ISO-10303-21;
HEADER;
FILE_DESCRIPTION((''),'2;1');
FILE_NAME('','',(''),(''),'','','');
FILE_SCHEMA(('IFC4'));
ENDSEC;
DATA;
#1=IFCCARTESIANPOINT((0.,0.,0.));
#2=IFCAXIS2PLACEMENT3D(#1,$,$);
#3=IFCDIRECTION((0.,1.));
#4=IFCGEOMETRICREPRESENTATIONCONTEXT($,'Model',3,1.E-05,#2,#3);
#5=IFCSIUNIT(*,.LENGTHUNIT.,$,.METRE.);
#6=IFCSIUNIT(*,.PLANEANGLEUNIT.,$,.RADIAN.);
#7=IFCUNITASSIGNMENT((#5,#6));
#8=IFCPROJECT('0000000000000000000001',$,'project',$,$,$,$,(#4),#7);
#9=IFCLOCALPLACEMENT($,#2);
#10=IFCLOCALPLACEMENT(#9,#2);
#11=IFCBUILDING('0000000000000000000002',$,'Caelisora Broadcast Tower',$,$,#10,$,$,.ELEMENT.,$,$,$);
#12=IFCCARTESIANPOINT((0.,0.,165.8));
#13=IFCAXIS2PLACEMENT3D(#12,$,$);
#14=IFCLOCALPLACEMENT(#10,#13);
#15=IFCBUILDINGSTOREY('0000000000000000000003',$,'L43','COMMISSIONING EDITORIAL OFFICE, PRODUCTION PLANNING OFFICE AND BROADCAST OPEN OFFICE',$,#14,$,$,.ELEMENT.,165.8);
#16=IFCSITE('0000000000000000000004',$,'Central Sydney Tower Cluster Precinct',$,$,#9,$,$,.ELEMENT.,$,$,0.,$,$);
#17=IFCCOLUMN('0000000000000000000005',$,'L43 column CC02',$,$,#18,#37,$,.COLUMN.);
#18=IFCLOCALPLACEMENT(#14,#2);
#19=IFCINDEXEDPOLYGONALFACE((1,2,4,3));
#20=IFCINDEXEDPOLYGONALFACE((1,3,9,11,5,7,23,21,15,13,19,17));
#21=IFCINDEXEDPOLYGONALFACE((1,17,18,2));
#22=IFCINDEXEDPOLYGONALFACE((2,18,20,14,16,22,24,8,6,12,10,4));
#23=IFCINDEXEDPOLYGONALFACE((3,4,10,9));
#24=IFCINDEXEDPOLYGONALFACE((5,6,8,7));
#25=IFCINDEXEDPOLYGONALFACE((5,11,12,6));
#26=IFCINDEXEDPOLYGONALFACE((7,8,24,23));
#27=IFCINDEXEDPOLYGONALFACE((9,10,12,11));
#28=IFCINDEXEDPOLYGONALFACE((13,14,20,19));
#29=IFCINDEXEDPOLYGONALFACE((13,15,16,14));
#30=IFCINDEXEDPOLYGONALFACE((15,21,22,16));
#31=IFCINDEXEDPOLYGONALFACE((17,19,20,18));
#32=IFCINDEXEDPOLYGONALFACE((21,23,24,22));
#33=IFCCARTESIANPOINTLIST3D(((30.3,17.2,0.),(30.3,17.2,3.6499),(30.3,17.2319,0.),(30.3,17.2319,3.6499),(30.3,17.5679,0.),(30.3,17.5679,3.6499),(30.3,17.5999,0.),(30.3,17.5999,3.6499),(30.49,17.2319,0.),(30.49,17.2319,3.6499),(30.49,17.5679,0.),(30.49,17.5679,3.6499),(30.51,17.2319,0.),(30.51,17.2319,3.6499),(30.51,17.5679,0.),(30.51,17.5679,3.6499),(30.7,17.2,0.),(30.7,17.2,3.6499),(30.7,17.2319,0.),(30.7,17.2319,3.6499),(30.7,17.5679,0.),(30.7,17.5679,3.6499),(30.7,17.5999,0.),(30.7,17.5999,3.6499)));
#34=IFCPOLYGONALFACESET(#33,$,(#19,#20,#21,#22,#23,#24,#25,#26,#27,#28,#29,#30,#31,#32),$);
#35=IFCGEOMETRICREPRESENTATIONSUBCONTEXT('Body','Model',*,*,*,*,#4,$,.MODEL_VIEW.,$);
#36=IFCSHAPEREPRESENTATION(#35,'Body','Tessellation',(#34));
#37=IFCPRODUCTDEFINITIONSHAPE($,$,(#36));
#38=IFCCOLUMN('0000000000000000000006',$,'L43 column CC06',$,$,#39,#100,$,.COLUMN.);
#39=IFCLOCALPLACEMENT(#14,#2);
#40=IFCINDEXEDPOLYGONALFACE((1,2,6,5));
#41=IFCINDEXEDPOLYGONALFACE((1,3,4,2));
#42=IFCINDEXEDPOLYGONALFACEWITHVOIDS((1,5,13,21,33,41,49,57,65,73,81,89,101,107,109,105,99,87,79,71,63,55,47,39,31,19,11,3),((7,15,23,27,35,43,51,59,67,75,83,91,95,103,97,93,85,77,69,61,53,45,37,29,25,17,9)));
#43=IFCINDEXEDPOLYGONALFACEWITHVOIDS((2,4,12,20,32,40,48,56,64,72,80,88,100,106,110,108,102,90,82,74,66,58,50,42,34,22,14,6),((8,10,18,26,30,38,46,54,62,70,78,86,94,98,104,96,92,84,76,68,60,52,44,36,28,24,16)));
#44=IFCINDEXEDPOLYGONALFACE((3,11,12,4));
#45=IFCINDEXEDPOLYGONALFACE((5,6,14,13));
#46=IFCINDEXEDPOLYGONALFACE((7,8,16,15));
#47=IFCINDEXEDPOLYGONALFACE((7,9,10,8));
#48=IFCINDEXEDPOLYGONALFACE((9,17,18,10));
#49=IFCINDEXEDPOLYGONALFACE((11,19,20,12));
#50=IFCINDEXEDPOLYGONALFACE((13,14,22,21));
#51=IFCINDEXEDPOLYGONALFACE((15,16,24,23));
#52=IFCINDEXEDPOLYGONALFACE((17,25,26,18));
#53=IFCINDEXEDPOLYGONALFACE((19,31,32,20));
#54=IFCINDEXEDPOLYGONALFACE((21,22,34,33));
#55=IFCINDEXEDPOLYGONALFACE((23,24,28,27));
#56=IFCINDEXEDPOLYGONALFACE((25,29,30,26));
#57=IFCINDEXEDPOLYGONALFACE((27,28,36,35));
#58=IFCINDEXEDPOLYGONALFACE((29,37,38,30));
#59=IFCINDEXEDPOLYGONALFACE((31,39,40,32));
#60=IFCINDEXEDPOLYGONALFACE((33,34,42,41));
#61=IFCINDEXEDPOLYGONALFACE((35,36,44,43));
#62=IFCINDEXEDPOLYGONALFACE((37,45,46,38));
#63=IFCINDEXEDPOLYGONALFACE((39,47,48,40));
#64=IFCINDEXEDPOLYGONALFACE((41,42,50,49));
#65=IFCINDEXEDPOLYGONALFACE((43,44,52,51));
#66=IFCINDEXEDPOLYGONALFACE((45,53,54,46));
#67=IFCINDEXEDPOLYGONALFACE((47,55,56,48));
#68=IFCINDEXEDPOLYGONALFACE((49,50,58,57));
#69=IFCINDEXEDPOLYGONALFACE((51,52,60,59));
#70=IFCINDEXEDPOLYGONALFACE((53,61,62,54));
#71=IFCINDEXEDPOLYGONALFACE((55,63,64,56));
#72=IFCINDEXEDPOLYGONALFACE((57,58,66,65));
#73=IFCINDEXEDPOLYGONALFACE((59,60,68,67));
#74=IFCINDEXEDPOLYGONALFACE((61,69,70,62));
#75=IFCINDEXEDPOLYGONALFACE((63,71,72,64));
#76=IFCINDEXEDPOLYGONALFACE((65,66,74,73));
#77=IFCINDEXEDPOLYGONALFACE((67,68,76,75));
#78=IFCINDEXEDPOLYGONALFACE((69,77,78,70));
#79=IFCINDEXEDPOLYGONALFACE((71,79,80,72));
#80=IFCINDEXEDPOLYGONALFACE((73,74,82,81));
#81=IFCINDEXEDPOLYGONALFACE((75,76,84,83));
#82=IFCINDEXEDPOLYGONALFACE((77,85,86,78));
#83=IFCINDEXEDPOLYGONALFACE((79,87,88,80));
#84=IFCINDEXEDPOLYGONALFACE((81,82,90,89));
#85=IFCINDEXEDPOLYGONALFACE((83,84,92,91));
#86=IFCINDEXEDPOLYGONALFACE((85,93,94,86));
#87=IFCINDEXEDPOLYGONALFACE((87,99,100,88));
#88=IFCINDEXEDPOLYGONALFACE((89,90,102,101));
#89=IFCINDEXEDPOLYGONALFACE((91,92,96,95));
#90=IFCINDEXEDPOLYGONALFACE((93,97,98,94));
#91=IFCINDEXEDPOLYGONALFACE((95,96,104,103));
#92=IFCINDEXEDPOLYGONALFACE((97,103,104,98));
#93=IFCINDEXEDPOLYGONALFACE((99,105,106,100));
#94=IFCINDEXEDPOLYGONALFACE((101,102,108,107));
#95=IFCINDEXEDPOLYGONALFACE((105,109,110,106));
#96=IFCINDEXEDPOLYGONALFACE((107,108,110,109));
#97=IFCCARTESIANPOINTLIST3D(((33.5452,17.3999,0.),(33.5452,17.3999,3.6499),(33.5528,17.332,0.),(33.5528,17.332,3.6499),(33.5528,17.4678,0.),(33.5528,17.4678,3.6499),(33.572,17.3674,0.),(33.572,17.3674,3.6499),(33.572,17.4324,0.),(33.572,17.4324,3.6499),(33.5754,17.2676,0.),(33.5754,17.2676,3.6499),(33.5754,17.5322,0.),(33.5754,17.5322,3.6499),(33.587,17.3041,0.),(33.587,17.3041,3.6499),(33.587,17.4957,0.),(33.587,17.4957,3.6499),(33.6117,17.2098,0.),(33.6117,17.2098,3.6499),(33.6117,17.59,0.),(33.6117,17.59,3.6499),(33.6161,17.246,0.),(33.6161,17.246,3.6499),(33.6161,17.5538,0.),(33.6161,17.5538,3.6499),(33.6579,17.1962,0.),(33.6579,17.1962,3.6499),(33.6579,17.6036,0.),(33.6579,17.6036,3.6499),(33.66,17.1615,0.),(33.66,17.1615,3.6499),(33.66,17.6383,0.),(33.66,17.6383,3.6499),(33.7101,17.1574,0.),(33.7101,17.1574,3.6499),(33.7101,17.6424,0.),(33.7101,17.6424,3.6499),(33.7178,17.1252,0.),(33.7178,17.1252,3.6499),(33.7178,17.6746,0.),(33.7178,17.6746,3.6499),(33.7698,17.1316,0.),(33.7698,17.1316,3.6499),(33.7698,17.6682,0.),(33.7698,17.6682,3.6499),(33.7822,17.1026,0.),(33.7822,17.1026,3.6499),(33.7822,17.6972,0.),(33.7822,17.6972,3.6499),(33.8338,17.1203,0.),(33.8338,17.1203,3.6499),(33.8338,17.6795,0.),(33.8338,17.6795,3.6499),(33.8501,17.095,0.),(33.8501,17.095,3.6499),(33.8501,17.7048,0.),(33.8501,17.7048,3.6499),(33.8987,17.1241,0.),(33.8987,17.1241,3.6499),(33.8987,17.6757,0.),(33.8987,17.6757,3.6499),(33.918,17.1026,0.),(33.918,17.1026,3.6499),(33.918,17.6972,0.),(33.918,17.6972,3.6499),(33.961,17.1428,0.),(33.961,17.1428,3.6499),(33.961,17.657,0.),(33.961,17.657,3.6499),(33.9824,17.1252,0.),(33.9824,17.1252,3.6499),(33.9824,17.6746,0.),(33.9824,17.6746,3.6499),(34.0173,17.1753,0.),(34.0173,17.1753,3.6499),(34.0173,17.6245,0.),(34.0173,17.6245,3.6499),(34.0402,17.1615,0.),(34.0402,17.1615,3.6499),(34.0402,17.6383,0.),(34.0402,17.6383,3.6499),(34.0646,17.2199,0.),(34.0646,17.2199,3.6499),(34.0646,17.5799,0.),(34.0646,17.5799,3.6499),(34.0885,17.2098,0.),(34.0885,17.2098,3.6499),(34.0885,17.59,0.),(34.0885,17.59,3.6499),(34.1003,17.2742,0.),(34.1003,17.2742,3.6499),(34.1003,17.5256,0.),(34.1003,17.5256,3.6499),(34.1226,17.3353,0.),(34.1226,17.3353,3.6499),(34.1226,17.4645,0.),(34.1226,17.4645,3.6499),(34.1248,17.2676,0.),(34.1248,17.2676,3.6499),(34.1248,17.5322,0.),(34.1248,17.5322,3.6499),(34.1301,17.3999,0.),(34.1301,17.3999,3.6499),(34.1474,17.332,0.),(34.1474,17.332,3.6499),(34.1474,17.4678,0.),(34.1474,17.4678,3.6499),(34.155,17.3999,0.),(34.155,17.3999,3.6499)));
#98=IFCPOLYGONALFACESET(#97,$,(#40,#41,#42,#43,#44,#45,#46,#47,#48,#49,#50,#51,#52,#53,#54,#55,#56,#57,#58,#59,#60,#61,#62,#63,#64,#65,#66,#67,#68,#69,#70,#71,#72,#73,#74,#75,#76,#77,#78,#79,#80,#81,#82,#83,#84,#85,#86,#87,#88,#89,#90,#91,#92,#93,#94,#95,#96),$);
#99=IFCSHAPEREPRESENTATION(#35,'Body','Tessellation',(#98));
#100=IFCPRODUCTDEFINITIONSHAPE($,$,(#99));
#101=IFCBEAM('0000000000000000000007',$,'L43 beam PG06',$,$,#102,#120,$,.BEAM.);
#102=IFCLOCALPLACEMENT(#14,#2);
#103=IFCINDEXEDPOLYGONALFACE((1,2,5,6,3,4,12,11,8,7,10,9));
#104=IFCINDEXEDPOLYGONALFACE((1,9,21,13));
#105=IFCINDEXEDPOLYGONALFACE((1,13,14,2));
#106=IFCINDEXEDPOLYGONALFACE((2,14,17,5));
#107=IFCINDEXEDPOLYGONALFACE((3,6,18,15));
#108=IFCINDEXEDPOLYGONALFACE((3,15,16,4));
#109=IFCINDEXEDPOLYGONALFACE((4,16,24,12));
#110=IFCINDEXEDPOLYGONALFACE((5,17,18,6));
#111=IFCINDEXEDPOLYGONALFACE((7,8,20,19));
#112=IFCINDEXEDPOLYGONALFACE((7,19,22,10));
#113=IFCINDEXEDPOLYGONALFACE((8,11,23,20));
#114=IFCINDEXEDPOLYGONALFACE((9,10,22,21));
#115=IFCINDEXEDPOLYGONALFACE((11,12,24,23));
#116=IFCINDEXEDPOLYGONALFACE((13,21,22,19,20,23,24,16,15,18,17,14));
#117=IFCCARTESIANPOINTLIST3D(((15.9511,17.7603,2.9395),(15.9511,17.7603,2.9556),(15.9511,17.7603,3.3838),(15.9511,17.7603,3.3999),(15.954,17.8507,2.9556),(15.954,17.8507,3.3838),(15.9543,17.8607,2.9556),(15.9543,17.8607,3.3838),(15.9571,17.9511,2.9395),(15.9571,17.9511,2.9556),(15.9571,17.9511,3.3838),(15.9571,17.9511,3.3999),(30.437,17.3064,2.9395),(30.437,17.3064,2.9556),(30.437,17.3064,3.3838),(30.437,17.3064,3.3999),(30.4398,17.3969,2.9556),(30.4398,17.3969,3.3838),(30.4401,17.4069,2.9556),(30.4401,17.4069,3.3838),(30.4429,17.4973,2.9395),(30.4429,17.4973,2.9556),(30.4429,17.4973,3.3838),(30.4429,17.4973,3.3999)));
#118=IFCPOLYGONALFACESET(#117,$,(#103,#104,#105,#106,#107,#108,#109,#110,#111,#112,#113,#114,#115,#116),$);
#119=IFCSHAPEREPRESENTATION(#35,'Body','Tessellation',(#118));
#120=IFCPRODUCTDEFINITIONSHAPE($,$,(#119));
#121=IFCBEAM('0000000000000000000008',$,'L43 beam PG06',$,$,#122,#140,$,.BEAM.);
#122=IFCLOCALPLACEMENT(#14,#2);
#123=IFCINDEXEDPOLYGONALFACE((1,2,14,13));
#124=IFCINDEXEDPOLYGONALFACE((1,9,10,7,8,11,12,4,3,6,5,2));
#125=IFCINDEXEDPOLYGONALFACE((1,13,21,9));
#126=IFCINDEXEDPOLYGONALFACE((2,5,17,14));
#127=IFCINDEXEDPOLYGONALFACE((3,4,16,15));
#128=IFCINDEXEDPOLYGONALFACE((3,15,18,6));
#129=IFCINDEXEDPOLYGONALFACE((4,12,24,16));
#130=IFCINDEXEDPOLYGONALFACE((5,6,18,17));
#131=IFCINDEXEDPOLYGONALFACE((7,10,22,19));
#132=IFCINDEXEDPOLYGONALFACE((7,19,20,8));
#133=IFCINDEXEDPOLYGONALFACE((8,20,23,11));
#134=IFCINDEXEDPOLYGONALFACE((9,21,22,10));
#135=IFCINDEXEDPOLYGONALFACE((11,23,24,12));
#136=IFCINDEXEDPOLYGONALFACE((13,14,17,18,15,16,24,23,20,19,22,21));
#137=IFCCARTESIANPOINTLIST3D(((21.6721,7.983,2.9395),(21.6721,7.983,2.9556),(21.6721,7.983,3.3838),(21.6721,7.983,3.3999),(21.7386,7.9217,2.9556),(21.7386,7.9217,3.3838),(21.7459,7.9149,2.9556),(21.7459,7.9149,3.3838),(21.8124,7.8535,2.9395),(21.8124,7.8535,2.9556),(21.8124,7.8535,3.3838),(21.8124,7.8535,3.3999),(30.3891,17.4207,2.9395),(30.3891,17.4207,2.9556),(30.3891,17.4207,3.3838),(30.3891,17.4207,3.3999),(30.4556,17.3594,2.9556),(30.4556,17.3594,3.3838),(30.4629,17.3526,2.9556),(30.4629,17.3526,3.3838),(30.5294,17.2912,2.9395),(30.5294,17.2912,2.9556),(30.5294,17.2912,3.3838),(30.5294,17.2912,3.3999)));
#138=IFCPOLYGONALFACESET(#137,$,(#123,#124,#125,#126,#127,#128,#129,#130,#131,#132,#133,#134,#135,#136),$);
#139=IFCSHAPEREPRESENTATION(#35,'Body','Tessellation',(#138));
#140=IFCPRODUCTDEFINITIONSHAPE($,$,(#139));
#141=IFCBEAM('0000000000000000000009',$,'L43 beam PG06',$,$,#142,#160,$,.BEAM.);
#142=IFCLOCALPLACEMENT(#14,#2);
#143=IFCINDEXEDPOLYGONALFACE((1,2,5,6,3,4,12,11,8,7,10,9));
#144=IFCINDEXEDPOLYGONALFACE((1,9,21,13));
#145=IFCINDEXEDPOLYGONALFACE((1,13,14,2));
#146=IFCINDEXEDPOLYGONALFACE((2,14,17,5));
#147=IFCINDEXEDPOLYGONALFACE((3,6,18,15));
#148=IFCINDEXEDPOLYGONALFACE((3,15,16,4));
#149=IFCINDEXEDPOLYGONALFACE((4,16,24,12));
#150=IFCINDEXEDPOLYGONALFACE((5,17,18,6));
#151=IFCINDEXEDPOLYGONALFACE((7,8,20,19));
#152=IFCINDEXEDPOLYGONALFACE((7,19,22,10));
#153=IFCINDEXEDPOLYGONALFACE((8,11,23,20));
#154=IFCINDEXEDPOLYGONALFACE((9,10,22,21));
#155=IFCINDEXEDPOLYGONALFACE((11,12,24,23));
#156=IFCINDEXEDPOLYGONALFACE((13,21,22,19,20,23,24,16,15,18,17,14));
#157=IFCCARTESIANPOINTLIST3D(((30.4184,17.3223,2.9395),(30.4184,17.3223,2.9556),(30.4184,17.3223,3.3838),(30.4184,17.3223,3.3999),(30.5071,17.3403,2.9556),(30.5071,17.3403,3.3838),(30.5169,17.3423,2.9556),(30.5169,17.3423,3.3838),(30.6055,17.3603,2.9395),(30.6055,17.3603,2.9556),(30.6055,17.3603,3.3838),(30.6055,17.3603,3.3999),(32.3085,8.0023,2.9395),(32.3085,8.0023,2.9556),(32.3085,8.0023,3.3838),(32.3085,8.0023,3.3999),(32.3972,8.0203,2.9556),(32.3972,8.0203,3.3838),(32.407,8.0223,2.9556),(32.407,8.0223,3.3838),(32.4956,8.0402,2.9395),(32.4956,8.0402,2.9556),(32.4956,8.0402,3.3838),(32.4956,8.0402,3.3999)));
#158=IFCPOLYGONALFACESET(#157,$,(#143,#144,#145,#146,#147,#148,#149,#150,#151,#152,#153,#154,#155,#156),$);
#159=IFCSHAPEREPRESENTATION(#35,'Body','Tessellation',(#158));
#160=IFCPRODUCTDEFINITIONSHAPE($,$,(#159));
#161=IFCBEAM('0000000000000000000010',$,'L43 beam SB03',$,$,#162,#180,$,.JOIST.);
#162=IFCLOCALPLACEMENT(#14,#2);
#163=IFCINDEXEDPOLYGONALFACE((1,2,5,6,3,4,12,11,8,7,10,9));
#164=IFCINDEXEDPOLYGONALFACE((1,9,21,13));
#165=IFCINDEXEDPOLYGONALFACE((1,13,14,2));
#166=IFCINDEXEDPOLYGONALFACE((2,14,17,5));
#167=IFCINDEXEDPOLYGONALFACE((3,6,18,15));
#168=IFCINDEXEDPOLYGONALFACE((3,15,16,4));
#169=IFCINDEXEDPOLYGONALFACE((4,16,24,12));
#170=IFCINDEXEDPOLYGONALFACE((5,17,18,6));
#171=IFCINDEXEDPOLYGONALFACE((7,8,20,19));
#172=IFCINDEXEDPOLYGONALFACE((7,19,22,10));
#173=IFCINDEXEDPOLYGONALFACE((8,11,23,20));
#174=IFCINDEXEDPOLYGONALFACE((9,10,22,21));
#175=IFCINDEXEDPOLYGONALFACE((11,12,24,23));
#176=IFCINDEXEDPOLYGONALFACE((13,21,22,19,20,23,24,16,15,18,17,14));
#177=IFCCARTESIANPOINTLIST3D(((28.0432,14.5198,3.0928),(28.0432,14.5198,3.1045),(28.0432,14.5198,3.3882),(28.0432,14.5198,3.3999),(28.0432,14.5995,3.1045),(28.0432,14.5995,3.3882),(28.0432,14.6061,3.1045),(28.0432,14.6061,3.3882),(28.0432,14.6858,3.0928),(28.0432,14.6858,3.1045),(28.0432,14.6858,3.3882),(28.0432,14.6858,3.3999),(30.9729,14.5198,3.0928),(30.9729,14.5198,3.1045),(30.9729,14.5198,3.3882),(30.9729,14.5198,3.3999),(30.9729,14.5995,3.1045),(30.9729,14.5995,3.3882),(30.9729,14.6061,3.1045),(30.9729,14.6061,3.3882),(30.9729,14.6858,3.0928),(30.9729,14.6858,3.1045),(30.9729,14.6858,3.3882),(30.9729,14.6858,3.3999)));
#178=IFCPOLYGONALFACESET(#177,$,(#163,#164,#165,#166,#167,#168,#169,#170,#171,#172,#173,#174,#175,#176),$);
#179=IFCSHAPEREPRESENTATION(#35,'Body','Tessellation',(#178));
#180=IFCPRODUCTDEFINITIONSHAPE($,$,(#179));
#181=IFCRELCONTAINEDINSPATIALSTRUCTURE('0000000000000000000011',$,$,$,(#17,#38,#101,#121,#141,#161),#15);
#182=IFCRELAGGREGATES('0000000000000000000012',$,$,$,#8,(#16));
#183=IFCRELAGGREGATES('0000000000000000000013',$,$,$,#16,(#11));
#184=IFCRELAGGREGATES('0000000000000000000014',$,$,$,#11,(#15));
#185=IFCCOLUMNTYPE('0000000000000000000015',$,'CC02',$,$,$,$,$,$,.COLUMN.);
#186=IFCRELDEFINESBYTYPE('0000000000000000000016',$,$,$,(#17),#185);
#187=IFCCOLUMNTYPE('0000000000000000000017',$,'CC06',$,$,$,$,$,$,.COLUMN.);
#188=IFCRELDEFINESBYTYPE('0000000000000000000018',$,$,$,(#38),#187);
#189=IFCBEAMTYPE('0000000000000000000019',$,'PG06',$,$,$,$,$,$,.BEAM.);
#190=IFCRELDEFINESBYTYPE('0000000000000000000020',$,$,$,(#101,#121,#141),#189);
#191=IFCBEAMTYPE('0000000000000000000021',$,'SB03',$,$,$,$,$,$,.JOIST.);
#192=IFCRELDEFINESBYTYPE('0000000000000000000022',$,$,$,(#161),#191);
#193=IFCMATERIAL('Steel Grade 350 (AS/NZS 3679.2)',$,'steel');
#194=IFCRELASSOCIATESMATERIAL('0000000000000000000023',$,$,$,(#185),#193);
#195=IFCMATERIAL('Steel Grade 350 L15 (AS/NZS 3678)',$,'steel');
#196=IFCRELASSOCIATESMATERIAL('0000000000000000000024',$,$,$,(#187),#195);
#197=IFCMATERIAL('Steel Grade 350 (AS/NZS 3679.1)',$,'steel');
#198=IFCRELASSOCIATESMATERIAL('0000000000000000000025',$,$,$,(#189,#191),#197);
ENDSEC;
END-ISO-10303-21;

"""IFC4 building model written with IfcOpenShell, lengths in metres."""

from ifc_helpers import new_model, si_unit, direction, frame, origin, origin_2d, place, context, subcontext, project, spatial, hollow_circle, i_section, extrude, source, transform, mapped, material, material_profile, profile_set, type_object, type_shapes, element, save


model = new_model("IFC4")

# Units and contexts
model_context = context("Model", 3, precision=1e-05, world=origin(), true_north=direction((0.0, 1.0)))
body_context = subcontext(model_context, "Body", "Model", "MODEL_VIEW")
ifc_project = project(units=[si_unit("LENGTHUNIT", "METRE"), si_unit("PLANEANGLEUNIT", "RADIAN")], contexts=[model_context])

# Site, building, storey
site_placement = place(None, origin())
site = spatial("IfcSite", under=ifc_project, at=site_placement, Name="Central Sydney Tower Cluster Precinct", CompositionType="ELEMENT", RefElevation=0.0)
building_placement = place(site_placement, origin())
building = spatial("IfcBuilding", under=site, at=building_placement, Name="Caelisora Broadcast Tower", CompositionType="ELEMENT")
storey_placement = place(building_placement, frame((0.0, 0.0, 165.8)))
storey = spatial("IfcBuildingStorey", under=building, at=storey_placement, Name="L43", Description="COMMISSIONING EDITORIAL OFFICE, PRODUCTION PLANNING OFFICE AND BROADCAST OPEN OFFICE", CompositionType="ELEMENT", Elevation=165.8)

# Columns
ifc_material_1 = material(Name="Steel Grade 350 (AS/NZS 3679.2)", Category="steel")
ifc_material_profile_1 = material_profile(ifc_material_1, i_section(OverallWidth=0.3999, OverallDepth=0.3999, WebThickness=0.02, FlangeThickness=0.032, at=origin_2d()), Name="Steel Grade 350 (AS/NZS 3679.2)")
ifc_profile_set_1 = profile_set([ifc_material_profile_1], Name="Steel Grade 350 (AS/NZS 3679.2)")
column_type_1 = type_object("IfcColumnType", Name="CC02", PredefinedType="COLUMN", material=ifc_profile_set_1)
shared_shape_1 = source(origin(), body_context, "Body", "SweptSolid", [
    extrude(i_section(OverallWidth=0.3999, OverallDepth=0.3999, WebThickness=0.02, FlangeThickness=0.032, at=origin_2d()), origin(), (0.0, 0.0, 1.0), 3.6499),
])
type_shapes(column_type_1, [shared_shape_1])
column_1_placement = place(storey_placement, frame((30.5, 17.3999, 0.0), z_axis=(0.0, 0.0, 1.0), x_axis=(1.0, 0.0, 0.0)))
element("IfcColumn", 1, at=column_1_placement, inside=storey, type_object=column_type_1, Name="L43 column CC02", PredefinedType="COLUMN", context=body_context, shape_type="MappedRepresentation", body=[
    mapped(shared_shape_1, transform((0.0, 0.0, 0.0), scale=1.0)),
])
ifc_material_2 = material(Name="Steel Grade 350 L15 (AS/NZS 3678)", Category="steel")
ifc_material_profile_2 = material_profile(ifc_material_2, hollow_circle(Radius=0.3049, WallThickness=0.0249, at=origin_2d()), Name="Steel Grade 350 L15 (AS/NZS 3678)")
ifc_profile_set_2 = profile_set([ifc_material_profile_2], Name="Steel Grade 350 L15 (AS/NZS 3678)")
column_type_2 = type_object("IfcColumnType", Name="CC06", PredefinedType="COLUMN", material=ifc_profile_set_2)
shared_shape_2 = source(origin(), body_context, "Body", "SweptSolid", [
    extrude(hollow_circle(Radius=0.3049, WallThickness=0.0249, at=origin_2d()), origin(), (0.0, 0.0, 1.0), 3.6499),
])
type_shapes(column_type_2, [shared_shape_2])
column_2_placement = place(storey_placement, frame((33.8501, 17.3999, 0.0), z_axis=(0.0, 0.0, 1.0), x_axis=(1.0, 0.0, 0.0)))
element("IfcColumn", 2, at=column_2_placement, inside=storey, type_object=column_type_2, Name="L43 column CC06", PredefinedType="COLUMN", context=body_context, shape_type="MappedRepresentation", body=[
    mapped(shared_shape_2, transform((0.0, 0.0, 0.0), scale=1.0)),
])

# Beams
ifc_material_3 = material(Name="Steel Grade 350 (AS/NZS 3679.1)", Category="steel")
ifc_material_profile_3 = material_profile(ifc_material_3, i_section(OverallWidth=0.1909, OverallDepth=0.4604, WebThickness=0.01, FlangeThickness=0.0161, at=origin_2d()), Name="Steel Grade 350 (AS/NZS 3679.1)")
ifc_profile_set_3 = profile_set([ifc_material_profile_3], Name="Steel Grade 350 (AS/NZS 3679.1)")
beam_type_1 = type_object("IfcBeamType", Name="PG06", PredefinedType="BEAM", material=ifc_profile_set_3)
shared_shape_3 = source(origin(), body_context, "Body", "SweptSolid", [
    extrude(i_section(OverallWidth=0.1909, OverallDepth=0.4604, WebThickness=0.01, FlangeThickness=0.0161, at=origin_2d()), origin(), (0.0, 0.0, 1.0), 14.4929),
])
beam_1_placement = place(storey_placement, frame((30.4399, 17.4019, 3.1697), z_axis=(-0.99951, 0.031316, 0.0), x_axis=(-0.031316, -0.99951, 0.0)))
element("IfcBeam", 3, at=beam_1_placement, inside=storey, type_object=beam_type_1, Name="L43 beam PG06", PredefinedType="BEAM", context=body_context, shape_type="MappedRepresentation", body=[
    mapped(shared_shape_3, transform((0.0, 0.0, 0.0), scale=1.0)),
])
shared_shape_4 = source(origin(), body_context, "Body", "SweptSolid", [
    extrude(i_section(OverallWidth=0.1909, OverallDepth=0.4604, WebThickness=0.01, FlangeThickness=0.0161, at=origin_2d()), origin(), (0.0, 0.0, 1.0), 12.8474),
])
beam_2_placement = place(storey_placement, frame((30.4592, 17.356, 3.1697), z_axis=(-0.678502, -0.734599, 0.0), x_axis=(0.734599, -0.678502, 0.0)))
element("IfcBeam", 4, at=beam_2_placement, inside=storey, type_object=beam_type_1, Name="L43 beam PG06", PredefinedType="BEAM", context=body_context, shape_type="MappedRepresentation", body=[
    mapped(shared_shape_4, transform((0.0, 0.0, 0.0), scale=1.0)),
])
shared_shape_5 = source(origin(), body_context, "Body", "SweptSolid", [
    extrude(i_section(OverallWidth=0.1909, OverallDepth=0.4604, WebThickness=0.01, FlangeThickness=0.0161, at=origin_2d()), origin(), (0.0, 0.0, 1.0), 9.5098),
])
type_shapes(beam_type_1, [shared_shape_3, shared_shape_4, shared_shape_5])
beam_3_placement = place(storey_placement, frame((30.512, 17.3413, 3.1697), z_axis=(0.198757, -0.980049, 0.0), x_axis=(0.980049, 0.198757, 0.0)))
element("IfcBeam", 5, at=beam_3_placement, inside=storey, type_object=beam_type_1, Name="L43 beam PG06", PredefinedType="BEAM", context=body_context, shape_type="MappedRepresentation", body=[
    mapped(shared_shape_5, transform((0.0, 0.0, 0.0), scale=1.0)),
])
ifc_material_profile_4 = material_profile(ifc_material_3, i_section(OverallWidth=0.166, OverallDepth=0.3071, WebThickness=0.0066, FlangeThickness=0.0117, at=origin_2d()), Name="Steel Grade 350 (AS/NZS 3679.1)")
ifc_profile_set_4 = profile_set([ifc_material_profile_4], Name="Steel Grade 350 (AS/NZS 3679.1)")
beam_type_2 = type_object("IfcBeamType", Name="SB03", PredefinedType="JOIST", material=ifc_profile_set_4)
shared_shape_6 = source(origin(), body_context, "Body", "SweptSolid", [
    extrude(i_section(OverallWidth=0.166, OverallDepth=0.3071, WebThickness=0.0066, FlangeThickness=0.0117, at=origin_2d()), origin(), (0.0, 0.0, 1.0), 2.9297),
])
beam_4_placement = place(storey_placement, frame((28.0432, 14.6028, 3.2463), z_axis=(1.0, 0.0, 0.0), x_axis=(0.0, 1.0, 0.0)))
element("IfcBeam", 6, at=beam_4_placement, inside=storey, type_object=beam_type_2, Name="L43 beam SB03", PredefinedType="JOIST", context=body_context, shape_type="MappedRepresentation", body=[
    mapped(shared_shape_6, transform((0.0, 0.0, 0.0), scale=1.0)),
])

save(model, "model.ifc")
